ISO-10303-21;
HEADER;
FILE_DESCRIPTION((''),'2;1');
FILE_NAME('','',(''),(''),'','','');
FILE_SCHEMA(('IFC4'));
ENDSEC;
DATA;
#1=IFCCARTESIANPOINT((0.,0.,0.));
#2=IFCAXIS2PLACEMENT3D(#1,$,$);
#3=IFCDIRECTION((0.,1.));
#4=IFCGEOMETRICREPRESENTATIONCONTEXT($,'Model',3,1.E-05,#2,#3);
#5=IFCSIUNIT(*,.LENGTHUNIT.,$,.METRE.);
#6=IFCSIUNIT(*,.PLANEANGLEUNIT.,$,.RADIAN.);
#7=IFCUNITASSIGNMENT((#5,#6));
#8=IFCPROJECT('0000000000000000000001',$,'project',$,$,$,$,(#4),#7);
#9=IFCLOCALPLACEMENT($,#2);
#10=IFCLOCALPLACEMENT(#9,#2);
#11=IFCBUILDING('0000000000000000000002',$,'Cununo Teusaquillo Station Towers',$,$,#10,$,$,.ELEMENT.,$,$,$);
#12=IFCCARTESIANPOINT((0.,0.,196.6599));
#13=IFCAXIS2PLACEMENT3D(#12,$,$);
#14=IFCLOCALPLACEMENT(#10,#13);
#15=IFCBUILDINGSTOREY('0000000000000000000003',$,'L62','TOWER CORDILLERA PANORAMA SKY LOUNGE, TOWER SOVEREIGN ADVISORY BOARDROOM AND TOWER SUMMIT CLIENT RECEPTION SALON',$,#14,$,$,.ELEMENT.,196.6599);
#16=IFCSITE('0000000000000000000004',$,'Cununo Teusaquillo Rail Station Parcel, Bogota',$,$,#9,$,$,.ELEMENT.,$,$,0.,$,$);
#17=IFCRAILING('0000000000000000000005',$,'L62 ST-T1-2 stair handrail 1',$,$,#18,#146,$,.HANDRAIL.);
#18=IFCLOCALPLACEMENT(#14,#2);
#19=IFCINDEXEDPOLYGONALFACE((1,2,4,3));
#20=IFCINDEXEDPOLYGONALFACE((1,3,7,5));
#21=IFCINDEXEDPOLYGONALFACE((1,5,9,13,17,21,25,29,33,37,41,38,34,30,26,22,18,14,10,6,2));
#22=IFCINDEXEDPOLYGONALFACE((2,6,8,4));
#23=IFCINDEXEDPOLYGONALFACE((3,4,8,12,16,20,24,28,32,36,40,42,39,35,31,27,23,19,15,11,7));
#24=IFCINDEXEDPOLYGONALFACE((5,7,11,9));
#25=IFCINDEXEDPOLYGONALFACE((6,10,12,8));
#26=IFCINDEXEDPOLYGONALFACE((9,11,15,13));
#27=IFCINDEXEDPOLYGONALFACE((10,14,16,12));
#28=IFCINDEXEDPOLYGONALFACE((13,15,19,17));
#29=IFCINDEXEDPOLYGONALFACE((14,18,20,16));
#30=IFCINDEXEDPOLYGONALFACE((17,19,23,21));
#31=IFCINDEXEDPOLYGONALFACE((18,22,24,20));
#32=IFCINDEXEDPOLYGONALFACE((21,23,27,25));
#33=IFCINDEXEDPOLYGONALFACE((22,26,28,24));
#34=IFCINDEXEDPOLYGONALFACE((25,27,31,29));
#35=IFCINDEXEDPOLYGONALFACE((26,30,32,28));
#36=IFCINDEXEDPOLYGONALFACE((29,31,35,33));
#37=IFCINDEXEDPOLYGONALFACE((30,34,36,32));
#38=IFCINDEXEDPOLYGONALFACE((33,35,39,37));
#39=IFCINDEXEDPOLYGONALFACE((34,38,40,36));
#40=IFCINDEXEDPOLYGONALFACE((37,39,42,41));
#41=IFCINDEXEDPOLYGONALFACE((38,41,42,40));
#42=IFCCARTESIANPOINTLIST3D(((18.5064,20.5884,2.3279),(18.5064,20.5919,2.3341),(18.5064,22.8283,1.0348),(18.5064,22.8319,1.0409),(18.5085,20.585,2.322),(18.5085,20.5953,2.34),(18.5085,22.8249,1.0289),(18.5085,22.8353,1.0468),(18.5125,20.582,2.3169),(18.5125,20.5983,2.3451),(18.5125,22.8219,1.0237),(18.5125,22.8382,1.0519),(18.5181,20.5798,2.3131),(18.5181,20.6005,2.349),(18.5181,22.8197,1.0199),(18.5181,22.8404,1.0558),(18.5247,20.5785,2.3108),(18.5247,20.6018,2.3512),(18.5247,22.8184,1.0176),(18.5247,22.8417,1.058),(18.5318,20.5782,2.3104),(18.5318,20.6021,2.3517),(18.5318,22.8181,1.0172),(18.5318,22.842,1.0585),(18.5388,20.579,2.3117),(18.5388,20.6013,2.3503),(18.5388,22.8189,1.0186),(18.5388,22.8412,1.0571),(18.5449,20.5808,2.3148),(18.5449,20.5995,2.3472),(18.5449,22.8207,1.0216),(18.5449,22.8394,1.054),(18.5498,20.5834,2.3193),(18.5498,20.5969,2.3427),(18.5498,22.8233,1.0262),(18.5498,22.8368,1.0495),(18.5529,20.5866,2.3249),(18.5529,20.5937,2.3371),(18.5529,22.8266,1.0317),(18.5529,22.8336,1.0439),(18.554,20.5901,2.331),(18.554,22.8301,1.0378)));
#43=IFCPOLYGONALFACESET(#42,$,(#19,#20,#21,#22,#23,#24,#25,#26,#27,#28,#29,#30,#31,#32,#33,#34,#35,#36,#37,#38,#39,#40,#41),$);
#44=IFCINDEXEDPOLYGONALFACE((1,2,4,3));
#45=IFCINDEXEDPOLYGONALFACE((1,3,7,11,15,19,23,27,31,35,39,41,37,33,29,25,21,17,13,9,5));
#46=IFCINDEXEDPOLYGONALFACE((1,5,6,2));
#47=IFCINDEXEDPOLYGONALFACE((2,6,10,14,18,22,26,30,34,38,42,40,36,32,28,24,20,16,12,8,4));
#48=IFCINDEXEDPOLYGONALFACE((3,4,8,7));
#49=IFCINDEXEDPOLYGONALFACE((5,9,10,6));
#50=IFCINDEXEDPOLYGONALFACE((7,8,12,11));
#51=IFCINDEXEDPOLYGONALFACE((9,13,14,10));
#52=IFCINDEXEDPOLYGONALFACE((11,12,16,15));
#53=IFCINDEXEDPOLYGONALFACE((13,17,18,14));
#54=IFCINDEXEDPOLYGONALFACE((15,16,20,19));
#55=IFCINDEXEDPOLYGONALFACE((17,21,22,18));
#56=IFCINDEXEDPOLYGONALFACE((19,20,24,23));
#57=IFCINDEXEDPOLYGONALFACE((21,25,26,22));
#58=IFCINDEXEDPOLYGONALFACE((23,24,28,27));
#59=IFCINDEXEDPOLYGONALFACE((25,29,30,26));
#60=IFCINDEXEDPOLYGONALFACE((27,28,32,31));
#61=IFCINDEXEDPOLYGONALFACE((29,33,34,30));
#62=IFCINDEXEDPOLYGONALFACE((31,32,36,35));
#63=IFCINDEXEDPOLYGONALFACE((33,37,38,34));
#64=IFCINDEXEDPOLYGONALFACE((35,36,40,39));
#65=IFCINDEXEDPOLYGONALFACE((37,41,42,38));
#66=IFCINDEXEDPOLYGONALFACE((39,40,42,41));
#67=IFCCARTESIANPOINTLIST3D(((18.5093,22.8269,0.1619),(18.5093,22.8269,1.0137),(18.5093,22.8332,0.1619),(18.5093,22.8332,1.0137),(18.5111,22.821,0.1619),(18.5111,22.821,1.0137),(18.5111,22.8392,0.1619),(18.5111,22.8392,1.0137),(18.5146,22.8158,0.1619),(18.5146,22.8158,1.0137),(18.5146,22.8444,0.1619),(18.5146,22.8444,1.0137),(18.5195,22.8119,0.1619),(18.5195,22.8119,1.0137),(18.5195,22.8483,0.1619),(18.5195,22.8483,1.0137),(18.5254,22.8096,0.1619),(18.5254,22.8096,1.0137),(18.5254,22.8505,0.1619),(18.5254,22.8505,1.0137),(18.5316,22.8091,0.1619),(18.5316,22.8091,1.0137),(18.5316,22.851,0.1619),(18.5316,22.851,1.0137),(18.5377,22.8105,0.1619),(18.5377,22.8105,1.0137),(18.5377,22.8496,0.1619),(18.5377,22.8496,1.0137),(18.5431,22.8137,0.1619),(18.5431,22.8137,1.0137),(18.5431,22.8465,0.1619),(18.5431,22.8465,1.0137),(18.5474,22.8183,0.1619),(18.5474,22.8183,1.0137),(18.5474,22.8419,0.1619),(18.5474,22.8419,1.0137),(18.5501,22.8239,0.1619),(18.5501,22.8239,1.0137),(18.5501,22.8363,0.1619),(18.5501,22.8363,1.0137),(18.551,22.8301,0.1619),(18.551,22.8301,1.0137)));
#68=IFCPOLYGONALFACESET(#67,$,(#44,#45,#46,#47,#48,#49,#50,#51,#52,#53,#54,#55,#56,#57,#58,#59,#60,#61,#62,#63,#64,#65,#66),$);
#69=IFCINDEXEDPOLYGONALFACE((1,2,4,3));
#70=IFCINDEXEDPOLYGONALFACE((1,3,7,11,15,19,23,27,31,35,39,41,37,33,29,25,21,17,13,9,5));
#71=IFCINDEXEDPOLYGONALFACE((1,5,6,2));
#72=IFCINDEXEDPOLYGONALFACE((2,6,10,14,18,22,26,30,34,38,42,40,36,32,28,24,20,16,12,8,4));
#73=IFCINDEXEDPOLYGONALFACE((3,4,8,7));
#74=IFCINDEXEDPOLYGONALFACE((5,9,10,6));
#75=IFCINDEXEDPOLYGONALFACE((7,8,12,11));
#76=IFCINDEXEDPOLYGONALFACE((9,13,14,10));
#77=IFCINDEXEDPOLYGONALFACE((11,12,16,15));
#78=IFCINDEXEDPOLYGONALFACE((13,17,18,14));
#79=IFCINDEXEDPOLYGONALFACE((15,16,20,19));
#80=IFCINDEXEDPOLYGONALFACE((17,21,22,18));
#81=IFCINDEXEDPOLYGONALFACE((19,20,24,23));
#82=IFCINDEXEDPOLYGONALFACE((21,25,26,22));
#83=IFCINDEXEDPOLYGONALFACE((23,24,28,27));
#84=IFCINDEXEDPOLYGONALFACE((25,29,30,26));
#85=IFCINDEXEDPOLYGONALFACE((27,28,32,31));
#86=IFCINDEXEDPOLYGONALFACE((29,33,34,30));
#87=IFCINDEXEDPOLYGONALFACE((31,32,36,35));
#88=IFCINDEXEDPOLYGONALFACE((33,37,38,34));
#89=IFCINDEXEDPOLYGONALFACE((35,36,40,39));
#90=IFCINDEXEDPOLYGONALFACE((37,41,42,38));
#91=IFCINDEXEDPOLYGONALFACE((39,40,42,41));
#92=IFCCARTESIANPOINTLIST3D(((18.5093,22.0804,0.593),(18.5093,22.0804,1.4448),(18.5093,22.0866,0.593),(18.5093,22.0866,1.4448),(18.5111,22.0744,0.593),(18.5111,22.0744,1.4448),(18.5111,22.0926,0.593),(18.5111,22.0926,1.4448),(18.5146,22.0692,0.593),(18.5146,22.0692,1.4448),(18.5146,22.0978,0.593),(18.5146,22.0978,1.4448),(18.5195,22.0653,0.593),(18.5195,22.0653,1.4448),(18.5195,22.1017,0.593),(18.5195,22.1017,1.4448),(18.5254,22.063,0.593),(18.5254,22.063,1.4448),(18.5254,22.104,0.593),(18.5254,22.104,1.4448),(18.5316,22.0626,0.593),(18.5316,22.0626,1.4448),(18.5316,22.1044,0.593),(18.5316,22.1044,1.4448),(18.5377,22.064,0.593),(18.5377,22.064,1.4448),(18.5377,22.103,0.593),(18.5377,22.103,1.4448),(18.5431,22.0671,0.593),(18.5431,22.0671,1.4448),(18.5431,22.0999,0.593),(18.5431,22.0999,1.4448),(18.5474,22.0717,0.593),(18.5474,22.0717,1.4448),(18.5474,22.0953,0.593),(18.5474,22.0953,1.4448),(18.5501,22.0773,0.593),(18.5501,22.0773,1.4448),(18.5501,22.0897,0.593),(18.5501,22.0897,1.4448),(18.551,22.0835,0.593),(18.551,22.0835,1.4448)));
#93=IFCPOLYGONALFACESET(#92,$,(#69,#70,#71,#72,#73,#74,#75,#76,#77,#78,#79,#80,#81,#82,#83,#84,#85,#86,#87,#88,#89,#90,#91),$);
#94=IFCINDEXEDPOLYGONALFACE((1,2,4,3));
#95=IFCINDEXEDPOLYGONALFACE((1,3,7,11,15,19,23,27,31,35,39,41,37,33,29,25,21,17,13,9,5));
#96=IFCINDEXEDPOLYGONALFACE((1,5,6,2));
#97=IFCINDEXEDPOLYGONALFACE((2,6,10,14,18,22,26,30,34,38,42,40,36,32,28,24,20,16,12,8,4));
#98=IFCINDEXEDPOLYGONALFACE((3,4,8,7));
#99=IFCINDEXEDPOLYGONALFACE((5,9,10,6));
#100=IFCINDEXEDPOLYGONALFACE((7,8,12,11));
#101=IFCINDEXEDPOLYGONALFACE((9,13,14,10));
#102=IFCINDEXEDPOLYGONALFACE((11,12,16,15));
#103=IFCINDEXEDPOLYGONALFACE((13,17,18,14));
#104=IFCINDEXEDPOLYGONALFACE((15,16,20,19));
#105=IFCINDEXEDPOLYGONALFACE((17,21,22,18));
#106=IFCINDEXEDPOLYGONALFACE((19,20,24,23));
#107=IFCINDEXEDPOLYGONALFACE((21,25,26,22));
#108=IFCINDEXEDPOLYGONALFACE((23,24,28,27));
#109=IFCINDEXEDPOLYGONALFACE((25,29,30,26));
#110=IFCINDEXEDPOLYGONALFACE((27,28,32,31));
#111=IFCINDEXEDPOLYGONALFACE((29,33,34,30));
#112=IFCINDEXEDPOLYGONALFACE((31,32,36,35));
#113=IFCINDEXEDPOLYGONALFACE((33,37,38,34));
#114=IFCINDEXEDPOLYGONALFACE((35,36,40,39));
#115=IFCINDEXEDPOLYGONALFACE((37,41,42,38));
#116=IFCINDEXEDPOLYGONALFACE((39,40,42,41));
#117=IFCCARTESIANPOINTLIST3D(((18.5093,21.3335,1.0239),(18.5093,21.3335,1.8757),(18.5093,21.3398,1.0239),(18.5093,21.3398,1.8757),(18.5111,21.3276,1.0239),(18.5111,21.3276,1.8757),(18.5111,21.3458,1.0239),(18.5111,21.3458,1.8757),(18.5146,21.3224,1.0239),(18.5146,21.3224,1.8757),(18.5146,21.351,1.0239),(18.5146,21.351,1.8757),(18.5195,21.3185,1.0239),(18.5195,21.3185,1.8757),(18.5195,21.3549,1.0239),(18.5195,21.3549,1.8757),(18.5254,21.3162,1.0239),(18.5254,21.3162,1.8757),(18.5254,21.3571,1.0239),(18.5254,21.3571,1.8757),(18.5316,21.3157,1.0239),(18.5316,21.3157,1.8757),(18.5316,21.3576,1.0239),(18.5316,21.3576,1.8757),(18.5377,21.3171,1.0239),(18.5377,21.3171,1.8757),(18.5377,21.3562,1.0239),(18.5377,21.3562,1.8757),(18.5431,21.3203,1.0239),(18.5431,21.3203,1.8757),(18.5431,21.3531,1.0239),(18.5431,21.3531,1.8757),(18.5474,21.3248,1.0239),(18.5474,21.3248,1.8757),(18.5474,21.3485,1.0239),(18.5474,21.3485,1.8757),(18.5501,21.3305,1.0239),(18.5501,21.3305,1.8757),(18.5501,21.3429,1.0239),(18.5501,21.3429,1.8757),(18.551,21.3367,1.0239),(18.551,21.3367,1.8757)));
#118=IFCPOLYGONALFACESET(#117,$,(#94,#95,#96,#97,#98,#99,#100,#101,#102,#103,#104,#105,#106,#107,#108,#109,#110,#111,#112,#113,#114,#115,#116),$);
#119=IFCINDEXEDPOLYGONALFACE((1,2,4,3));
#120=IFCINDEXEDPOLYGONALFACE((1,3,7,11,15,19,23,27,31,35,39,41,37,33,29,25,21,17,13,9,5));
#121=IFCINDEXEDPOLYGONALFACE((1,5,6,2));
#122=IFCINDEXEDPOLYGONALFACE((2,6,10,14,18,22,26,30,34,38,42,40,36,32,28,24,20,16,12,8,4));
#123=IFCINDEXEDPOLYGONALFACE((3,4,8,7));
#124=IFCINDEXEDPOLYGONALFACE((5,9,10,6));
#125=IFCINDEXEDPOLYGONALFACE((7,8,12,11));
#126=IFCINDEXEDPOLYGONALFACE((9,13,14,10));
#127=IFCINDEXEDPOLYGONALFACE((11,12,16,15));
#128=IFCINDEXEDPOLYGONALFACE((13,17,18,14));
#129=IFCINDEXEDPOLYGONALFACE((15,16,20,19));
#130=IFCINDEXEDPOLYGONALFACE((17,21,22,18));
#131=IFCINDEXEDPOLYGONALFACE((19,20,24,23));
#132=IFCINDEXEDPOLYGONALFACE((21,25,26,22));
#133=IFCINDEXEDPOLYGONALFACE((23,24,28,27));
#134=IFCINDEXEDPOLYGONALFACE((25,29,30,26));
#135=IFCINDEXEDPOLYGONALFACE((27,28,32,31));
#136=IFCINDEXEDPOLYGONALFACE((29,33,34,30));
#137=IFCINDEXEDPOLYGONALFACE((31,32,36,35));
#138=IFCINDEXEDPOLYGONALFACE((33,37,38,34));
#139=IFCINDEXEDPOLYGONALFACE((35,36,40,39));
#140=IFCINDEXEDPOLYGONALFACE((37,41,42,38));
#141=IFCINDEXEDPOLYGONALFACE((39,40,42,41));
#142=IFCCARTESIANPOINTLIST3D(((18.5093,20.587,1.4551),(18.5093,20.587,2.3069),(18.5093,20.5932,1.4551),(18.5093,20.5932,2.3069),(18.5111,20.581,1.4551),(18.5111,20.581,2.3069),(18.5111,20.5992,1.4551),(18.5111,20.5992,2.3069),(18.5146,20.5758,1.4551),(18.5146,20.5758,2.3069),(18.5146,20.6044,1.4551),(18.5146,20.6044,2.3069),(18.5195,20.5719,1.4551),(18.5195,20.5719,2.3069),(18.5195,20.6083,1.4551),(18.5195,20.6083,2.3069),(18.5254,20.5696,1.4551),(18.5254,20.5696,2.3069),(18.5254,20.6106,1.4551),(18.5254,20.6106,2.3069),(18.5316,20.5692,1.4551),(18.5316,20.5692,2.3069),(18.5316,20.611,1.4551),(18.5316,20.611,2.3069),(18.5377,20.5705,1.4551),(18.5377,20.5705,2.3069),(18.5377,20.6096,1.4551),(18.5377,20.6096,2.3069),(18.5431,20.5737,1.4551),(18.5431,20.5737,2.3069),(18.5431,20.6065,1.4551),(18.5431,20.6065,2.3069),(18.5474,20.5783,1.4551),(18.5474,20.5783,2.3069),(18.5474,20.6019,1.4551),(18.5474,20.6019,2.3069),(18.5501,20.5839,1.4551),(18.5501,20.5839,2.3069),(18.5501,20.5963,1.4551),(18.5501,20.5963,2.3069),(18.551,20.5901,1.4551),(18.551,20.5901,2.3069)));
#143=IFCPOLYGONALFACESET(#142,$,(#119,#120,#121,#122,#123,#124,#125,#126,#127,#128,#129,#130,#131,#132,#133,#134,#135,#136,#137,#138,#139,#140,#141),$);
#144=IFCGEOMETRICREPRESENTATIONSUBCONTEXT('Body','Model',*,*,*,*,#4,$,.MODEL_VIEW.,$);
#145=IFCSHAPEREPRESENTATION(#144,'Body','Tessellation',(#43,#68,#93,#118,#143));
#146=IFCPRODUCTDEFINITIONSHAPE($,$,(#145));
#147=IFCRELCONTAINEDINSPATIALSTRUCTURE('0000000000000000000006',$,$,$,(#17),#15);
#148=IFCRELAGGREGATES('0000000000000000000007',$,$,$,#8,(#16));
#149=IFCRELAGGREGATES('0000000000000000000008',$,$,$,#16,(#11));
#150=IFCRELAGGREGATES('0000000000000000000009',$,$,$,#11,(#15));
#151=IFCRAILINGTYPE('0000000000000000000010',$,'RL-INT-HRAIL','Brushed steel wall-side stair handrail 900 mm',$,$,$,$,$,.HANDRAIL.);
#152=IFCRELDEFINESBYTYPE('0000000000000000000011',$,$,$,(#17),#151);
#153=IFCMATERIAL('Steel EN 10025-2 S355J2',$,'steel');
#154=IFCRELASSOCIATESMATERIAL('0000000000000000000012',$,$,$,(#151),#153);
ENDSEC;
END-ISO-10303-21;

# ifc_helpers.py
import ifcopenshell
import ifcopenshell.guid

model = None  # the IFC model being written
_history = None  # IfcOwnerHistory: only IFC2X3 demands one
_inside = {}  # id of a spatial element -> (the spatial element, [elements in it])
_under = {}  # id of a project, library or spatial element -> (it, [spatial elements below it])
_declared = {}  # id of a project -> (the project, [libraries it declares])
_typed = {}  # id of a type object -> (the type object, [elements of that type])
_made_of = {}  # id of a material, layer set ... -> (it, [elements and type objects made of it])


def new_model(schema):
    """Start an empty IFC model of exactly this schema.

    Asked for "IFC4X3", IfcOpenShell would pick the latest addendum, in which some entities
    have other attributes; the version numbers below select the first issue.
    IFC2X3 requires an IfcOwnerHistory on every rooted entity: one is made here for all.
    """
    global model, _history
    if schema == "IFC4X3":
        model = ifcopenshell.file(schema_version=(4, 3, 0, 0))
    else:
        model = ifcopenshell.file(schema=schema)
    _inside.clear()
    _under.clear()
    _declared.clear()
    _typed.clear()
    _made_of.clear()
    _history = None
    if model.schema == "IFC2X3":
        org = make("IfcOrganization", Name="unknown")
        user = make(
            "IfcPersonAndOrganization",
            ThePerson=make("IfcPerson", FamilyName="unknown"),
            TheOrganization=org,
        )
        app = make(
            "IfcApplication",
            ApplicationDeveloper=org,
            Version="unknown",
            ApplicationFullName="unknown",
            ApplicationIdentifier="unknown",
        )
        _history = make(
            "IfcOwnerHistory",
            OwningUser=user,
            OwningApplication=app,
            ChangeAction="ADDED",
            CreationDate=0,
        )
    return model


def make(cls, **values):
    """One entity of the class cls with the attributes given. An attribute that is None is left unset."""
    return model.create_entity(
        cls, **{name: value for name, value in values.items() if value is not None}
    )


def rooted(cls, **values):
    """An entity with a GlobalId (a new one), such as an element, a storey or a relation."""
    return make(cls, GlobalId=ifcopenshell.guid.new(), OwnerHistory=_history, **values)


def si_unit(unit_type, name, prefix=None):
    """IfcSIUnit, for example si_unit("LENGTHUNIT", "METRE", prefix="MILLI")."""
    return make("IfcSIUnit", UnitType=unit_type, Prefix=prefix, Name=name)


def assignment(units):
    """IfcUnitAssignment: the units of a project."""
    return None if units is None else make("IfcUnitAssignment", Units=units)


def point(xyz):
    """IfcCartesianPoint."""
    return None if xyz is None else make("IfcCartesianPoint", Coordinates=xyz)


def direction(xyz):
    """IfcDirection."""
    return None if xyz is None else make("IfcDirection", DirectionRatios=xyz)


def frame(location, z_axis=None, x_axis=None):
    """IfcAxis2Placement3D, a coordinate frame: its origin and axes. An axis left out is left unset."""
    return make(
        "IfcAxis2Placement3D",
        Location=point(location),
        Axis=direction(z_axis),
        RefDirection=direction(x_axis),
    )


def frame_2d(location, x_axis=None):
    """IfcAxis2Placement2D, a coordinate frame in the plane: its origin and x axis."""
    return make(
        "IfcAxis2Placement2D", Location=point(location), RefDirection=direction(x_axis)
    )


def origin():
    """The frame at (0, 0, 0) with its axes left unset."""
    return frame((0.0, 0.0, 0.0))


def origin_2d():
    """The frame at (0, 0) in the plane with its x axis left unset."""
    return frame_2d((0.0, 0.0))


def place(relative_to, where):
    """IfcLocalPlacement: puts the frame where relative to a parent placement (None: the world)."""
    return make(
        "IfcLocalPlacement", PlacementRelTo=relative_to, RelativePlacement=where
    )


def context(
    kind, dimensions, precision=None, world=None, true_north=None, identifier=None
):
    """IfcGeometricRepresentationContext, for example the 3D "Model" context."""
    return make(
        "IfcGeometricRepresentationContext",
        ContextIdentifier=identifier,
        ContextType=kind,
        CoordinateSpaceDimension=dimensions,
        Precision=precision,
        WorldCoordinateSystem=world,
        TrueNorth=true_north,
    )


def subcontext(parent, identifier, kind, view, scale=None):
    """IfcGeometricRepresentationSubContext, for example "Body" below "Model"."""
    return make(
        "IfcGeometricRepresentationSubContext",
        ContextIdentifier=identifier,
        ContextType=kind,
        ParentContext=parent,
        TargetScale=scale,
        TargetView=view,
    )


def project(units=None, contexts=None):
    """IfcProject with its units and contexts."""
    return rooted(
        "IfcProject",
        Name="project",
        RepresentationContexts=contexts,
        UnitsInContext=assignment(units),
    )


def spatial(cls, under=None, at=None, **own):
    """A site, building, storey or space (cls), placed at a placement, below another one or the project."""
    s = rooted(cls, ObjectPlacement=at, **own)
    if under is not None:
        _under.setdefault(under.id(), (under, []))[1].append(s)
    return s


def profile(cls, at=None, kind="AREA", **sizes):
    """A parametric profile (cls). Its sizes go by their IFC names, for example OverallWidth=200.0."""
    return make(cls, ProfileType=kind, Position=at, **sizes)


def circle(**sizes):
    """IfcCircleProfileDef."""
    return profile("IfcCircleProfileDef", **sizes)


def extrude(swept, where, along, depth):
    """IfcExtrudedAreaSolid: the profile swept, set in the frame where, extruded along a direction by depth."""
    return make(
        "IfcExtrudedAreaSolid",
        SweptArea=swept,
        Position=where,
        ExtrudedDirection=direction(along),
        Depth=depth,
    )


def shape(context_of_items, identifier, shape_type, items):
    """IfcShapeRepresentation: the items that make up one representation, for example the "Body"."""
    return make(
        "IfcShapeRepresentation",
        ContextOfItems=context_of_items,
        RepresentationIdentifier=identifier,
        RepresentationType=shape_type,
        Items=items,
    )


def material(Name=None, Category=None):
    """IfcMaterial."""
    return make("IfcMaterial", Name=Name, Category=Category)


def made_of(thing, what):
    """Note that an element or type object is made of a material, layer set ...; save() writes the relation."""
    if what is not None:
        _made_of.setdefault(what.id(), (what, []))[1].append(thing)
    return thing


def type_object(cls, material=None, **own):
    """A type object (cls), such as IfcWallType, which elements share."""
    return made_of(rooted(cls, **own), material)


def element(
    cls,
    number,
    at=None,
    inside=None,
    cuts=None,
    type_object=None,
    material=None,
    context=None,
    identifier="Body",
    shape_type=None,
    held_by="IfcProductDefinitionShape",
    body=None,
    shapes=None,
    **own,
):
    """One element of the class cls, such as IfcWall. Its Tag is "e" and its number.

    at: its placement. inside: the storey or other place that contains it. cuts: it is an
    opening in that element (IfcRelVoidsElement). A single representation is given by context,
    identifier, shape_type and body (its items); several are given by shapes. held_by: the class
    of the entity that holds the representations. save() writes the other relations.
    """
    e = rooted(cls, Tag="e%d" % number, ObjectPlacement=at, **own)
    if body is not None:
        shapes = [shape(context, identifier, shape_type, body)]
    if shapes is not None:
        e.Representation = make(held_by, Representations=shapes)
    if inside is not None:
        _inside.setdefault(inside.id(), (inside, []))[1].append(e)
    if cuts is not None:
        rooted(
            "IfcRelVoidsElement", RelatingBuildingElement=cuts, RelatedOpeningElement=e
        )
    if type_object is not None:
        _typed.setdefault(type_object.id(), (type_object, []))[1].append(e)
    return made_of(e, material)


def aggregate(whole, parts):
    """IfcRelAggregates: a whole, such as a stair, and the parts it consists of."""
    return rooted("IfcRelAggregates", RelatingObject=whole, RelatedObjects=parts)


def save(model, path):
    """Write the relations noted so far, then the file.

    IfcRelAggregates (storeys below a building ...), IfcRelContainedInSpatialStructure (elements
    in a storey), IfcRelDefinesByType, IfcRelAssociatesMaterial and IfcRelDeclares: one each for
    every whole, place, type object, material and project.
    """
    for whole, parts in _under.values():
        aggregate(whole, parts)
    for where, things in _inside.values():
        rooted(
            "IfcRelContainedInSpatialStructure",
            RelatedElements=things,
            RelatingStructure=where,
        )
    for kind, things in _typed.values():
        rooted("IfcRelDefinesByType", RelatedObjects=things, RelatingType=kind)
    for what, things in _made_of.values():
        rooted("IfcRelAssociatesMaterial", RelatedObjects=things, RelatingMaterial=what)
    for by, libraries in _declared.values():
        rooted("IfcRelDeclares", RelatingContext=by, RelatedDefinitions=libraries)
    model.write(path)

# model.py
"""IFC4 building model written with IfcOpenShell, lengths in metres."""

from ifc_helpers import new_model, si_unit, direction, frame, origin, origin_2d, place, context, subcontext, project, spatial, circle, extrude, material, type_object, element, save


model = new_model("IFC4")

# Units and contexts
model_context = context("Model", 3, precision=1e-05, world=origin(), true_north=direction((0.0, 1.0)))
body_context = subcontext(model_context, "Body", "Model", "MODEL_VIEW")
ifc_project = project(units=[si_unit("LENGTHUNIT", "METRE"), si_unit("PLANEANGLEUNIT", "RADIAN")], contexts=[model_context])

# Site, building, storey
site_placement = place(None, origin())
site = spatial("IfcSite", under=ifc_project, at=site_placement, Name="Cununo Teusaquillo Rail Station Parcel, Bogota", CompositionType="ELEMENT", RefElevation=0.0)
building_placement = place(site_placement, origin())
building = spatial("IfcBuilding", under=site, at=building_placement, Name="Cununo Teusaquillo Station Towers", CompositionType="ELEMENT")
storey_placement = place(building_placement, frame((0.0, 0.0, 196.6599)))
storey = spatial("IfcBuildingStorey", under=building, at=storey_placement, Name="L62", Description="TOWER CORDILLERA PANORAMA SKY LOUNGE, TOWER SOVEREIGN ADVISORY BOARDROOM AND TOWER SUMMIT CLIENT RECEPTION SALON", CompositionType="ELEMENT", Elevation=196.6599)

# Railing
ifc_material_1 = material(Name="Steel EN 10025-2 S355J2", Category="steel")
railing_type_1 = type_object("IfcRailingType", Name="RL-INT-HRAIL", Description="Brushed steel wall-side stair handrail 900 mm", PredefinedType="HANDRAIL", material=ifc_material_1)
railing_1_placement = place(storey_placement, frame((18.53, 22.8301, 0.1619)))
element("IfcRailing", 1, at=railing_1_placement, inside=storey, type_object=railing_type_1, Name="L62 ST-T1-2 stair handrail 1", PredefinedType="HANDRAIL", context=body_context, shape_type="SweptSolid", body=[
    extrude(circle(Radius=0.0239, at=origin_2d()), frame((0.0, 0.0, 0.876), z_axis=(0.0, -0.866033, 0.499987), x_axis=(1.0, 0.0, 0.0)), (0.0, 0.0, 1.0), 2.5864),
    extrude(circle(Radius=0.021, at=origin_2d()), origin(), (0.0, 0.0, 1.0), 0.8518),
    extrude(circle(Radius=0.021, at=origin_2d()), frame((0.0, -0.7466, 0.4312)), (0.0, 0.0, 1.0), 0.8518),
    extrude(circle(Radius=0.021, at=origin_2d()), frame((0.0, -1.4934, 0.8621)), (0.0, 0.0, 1.0), 0.8518),
    extrude(circle(Radius=0.021, at=origin_2d()), frame((0.0, -2.24, 1.2932)), (0.0, 0.0, 1.0), 0.8518),
])

save(model, "model.ifc")
